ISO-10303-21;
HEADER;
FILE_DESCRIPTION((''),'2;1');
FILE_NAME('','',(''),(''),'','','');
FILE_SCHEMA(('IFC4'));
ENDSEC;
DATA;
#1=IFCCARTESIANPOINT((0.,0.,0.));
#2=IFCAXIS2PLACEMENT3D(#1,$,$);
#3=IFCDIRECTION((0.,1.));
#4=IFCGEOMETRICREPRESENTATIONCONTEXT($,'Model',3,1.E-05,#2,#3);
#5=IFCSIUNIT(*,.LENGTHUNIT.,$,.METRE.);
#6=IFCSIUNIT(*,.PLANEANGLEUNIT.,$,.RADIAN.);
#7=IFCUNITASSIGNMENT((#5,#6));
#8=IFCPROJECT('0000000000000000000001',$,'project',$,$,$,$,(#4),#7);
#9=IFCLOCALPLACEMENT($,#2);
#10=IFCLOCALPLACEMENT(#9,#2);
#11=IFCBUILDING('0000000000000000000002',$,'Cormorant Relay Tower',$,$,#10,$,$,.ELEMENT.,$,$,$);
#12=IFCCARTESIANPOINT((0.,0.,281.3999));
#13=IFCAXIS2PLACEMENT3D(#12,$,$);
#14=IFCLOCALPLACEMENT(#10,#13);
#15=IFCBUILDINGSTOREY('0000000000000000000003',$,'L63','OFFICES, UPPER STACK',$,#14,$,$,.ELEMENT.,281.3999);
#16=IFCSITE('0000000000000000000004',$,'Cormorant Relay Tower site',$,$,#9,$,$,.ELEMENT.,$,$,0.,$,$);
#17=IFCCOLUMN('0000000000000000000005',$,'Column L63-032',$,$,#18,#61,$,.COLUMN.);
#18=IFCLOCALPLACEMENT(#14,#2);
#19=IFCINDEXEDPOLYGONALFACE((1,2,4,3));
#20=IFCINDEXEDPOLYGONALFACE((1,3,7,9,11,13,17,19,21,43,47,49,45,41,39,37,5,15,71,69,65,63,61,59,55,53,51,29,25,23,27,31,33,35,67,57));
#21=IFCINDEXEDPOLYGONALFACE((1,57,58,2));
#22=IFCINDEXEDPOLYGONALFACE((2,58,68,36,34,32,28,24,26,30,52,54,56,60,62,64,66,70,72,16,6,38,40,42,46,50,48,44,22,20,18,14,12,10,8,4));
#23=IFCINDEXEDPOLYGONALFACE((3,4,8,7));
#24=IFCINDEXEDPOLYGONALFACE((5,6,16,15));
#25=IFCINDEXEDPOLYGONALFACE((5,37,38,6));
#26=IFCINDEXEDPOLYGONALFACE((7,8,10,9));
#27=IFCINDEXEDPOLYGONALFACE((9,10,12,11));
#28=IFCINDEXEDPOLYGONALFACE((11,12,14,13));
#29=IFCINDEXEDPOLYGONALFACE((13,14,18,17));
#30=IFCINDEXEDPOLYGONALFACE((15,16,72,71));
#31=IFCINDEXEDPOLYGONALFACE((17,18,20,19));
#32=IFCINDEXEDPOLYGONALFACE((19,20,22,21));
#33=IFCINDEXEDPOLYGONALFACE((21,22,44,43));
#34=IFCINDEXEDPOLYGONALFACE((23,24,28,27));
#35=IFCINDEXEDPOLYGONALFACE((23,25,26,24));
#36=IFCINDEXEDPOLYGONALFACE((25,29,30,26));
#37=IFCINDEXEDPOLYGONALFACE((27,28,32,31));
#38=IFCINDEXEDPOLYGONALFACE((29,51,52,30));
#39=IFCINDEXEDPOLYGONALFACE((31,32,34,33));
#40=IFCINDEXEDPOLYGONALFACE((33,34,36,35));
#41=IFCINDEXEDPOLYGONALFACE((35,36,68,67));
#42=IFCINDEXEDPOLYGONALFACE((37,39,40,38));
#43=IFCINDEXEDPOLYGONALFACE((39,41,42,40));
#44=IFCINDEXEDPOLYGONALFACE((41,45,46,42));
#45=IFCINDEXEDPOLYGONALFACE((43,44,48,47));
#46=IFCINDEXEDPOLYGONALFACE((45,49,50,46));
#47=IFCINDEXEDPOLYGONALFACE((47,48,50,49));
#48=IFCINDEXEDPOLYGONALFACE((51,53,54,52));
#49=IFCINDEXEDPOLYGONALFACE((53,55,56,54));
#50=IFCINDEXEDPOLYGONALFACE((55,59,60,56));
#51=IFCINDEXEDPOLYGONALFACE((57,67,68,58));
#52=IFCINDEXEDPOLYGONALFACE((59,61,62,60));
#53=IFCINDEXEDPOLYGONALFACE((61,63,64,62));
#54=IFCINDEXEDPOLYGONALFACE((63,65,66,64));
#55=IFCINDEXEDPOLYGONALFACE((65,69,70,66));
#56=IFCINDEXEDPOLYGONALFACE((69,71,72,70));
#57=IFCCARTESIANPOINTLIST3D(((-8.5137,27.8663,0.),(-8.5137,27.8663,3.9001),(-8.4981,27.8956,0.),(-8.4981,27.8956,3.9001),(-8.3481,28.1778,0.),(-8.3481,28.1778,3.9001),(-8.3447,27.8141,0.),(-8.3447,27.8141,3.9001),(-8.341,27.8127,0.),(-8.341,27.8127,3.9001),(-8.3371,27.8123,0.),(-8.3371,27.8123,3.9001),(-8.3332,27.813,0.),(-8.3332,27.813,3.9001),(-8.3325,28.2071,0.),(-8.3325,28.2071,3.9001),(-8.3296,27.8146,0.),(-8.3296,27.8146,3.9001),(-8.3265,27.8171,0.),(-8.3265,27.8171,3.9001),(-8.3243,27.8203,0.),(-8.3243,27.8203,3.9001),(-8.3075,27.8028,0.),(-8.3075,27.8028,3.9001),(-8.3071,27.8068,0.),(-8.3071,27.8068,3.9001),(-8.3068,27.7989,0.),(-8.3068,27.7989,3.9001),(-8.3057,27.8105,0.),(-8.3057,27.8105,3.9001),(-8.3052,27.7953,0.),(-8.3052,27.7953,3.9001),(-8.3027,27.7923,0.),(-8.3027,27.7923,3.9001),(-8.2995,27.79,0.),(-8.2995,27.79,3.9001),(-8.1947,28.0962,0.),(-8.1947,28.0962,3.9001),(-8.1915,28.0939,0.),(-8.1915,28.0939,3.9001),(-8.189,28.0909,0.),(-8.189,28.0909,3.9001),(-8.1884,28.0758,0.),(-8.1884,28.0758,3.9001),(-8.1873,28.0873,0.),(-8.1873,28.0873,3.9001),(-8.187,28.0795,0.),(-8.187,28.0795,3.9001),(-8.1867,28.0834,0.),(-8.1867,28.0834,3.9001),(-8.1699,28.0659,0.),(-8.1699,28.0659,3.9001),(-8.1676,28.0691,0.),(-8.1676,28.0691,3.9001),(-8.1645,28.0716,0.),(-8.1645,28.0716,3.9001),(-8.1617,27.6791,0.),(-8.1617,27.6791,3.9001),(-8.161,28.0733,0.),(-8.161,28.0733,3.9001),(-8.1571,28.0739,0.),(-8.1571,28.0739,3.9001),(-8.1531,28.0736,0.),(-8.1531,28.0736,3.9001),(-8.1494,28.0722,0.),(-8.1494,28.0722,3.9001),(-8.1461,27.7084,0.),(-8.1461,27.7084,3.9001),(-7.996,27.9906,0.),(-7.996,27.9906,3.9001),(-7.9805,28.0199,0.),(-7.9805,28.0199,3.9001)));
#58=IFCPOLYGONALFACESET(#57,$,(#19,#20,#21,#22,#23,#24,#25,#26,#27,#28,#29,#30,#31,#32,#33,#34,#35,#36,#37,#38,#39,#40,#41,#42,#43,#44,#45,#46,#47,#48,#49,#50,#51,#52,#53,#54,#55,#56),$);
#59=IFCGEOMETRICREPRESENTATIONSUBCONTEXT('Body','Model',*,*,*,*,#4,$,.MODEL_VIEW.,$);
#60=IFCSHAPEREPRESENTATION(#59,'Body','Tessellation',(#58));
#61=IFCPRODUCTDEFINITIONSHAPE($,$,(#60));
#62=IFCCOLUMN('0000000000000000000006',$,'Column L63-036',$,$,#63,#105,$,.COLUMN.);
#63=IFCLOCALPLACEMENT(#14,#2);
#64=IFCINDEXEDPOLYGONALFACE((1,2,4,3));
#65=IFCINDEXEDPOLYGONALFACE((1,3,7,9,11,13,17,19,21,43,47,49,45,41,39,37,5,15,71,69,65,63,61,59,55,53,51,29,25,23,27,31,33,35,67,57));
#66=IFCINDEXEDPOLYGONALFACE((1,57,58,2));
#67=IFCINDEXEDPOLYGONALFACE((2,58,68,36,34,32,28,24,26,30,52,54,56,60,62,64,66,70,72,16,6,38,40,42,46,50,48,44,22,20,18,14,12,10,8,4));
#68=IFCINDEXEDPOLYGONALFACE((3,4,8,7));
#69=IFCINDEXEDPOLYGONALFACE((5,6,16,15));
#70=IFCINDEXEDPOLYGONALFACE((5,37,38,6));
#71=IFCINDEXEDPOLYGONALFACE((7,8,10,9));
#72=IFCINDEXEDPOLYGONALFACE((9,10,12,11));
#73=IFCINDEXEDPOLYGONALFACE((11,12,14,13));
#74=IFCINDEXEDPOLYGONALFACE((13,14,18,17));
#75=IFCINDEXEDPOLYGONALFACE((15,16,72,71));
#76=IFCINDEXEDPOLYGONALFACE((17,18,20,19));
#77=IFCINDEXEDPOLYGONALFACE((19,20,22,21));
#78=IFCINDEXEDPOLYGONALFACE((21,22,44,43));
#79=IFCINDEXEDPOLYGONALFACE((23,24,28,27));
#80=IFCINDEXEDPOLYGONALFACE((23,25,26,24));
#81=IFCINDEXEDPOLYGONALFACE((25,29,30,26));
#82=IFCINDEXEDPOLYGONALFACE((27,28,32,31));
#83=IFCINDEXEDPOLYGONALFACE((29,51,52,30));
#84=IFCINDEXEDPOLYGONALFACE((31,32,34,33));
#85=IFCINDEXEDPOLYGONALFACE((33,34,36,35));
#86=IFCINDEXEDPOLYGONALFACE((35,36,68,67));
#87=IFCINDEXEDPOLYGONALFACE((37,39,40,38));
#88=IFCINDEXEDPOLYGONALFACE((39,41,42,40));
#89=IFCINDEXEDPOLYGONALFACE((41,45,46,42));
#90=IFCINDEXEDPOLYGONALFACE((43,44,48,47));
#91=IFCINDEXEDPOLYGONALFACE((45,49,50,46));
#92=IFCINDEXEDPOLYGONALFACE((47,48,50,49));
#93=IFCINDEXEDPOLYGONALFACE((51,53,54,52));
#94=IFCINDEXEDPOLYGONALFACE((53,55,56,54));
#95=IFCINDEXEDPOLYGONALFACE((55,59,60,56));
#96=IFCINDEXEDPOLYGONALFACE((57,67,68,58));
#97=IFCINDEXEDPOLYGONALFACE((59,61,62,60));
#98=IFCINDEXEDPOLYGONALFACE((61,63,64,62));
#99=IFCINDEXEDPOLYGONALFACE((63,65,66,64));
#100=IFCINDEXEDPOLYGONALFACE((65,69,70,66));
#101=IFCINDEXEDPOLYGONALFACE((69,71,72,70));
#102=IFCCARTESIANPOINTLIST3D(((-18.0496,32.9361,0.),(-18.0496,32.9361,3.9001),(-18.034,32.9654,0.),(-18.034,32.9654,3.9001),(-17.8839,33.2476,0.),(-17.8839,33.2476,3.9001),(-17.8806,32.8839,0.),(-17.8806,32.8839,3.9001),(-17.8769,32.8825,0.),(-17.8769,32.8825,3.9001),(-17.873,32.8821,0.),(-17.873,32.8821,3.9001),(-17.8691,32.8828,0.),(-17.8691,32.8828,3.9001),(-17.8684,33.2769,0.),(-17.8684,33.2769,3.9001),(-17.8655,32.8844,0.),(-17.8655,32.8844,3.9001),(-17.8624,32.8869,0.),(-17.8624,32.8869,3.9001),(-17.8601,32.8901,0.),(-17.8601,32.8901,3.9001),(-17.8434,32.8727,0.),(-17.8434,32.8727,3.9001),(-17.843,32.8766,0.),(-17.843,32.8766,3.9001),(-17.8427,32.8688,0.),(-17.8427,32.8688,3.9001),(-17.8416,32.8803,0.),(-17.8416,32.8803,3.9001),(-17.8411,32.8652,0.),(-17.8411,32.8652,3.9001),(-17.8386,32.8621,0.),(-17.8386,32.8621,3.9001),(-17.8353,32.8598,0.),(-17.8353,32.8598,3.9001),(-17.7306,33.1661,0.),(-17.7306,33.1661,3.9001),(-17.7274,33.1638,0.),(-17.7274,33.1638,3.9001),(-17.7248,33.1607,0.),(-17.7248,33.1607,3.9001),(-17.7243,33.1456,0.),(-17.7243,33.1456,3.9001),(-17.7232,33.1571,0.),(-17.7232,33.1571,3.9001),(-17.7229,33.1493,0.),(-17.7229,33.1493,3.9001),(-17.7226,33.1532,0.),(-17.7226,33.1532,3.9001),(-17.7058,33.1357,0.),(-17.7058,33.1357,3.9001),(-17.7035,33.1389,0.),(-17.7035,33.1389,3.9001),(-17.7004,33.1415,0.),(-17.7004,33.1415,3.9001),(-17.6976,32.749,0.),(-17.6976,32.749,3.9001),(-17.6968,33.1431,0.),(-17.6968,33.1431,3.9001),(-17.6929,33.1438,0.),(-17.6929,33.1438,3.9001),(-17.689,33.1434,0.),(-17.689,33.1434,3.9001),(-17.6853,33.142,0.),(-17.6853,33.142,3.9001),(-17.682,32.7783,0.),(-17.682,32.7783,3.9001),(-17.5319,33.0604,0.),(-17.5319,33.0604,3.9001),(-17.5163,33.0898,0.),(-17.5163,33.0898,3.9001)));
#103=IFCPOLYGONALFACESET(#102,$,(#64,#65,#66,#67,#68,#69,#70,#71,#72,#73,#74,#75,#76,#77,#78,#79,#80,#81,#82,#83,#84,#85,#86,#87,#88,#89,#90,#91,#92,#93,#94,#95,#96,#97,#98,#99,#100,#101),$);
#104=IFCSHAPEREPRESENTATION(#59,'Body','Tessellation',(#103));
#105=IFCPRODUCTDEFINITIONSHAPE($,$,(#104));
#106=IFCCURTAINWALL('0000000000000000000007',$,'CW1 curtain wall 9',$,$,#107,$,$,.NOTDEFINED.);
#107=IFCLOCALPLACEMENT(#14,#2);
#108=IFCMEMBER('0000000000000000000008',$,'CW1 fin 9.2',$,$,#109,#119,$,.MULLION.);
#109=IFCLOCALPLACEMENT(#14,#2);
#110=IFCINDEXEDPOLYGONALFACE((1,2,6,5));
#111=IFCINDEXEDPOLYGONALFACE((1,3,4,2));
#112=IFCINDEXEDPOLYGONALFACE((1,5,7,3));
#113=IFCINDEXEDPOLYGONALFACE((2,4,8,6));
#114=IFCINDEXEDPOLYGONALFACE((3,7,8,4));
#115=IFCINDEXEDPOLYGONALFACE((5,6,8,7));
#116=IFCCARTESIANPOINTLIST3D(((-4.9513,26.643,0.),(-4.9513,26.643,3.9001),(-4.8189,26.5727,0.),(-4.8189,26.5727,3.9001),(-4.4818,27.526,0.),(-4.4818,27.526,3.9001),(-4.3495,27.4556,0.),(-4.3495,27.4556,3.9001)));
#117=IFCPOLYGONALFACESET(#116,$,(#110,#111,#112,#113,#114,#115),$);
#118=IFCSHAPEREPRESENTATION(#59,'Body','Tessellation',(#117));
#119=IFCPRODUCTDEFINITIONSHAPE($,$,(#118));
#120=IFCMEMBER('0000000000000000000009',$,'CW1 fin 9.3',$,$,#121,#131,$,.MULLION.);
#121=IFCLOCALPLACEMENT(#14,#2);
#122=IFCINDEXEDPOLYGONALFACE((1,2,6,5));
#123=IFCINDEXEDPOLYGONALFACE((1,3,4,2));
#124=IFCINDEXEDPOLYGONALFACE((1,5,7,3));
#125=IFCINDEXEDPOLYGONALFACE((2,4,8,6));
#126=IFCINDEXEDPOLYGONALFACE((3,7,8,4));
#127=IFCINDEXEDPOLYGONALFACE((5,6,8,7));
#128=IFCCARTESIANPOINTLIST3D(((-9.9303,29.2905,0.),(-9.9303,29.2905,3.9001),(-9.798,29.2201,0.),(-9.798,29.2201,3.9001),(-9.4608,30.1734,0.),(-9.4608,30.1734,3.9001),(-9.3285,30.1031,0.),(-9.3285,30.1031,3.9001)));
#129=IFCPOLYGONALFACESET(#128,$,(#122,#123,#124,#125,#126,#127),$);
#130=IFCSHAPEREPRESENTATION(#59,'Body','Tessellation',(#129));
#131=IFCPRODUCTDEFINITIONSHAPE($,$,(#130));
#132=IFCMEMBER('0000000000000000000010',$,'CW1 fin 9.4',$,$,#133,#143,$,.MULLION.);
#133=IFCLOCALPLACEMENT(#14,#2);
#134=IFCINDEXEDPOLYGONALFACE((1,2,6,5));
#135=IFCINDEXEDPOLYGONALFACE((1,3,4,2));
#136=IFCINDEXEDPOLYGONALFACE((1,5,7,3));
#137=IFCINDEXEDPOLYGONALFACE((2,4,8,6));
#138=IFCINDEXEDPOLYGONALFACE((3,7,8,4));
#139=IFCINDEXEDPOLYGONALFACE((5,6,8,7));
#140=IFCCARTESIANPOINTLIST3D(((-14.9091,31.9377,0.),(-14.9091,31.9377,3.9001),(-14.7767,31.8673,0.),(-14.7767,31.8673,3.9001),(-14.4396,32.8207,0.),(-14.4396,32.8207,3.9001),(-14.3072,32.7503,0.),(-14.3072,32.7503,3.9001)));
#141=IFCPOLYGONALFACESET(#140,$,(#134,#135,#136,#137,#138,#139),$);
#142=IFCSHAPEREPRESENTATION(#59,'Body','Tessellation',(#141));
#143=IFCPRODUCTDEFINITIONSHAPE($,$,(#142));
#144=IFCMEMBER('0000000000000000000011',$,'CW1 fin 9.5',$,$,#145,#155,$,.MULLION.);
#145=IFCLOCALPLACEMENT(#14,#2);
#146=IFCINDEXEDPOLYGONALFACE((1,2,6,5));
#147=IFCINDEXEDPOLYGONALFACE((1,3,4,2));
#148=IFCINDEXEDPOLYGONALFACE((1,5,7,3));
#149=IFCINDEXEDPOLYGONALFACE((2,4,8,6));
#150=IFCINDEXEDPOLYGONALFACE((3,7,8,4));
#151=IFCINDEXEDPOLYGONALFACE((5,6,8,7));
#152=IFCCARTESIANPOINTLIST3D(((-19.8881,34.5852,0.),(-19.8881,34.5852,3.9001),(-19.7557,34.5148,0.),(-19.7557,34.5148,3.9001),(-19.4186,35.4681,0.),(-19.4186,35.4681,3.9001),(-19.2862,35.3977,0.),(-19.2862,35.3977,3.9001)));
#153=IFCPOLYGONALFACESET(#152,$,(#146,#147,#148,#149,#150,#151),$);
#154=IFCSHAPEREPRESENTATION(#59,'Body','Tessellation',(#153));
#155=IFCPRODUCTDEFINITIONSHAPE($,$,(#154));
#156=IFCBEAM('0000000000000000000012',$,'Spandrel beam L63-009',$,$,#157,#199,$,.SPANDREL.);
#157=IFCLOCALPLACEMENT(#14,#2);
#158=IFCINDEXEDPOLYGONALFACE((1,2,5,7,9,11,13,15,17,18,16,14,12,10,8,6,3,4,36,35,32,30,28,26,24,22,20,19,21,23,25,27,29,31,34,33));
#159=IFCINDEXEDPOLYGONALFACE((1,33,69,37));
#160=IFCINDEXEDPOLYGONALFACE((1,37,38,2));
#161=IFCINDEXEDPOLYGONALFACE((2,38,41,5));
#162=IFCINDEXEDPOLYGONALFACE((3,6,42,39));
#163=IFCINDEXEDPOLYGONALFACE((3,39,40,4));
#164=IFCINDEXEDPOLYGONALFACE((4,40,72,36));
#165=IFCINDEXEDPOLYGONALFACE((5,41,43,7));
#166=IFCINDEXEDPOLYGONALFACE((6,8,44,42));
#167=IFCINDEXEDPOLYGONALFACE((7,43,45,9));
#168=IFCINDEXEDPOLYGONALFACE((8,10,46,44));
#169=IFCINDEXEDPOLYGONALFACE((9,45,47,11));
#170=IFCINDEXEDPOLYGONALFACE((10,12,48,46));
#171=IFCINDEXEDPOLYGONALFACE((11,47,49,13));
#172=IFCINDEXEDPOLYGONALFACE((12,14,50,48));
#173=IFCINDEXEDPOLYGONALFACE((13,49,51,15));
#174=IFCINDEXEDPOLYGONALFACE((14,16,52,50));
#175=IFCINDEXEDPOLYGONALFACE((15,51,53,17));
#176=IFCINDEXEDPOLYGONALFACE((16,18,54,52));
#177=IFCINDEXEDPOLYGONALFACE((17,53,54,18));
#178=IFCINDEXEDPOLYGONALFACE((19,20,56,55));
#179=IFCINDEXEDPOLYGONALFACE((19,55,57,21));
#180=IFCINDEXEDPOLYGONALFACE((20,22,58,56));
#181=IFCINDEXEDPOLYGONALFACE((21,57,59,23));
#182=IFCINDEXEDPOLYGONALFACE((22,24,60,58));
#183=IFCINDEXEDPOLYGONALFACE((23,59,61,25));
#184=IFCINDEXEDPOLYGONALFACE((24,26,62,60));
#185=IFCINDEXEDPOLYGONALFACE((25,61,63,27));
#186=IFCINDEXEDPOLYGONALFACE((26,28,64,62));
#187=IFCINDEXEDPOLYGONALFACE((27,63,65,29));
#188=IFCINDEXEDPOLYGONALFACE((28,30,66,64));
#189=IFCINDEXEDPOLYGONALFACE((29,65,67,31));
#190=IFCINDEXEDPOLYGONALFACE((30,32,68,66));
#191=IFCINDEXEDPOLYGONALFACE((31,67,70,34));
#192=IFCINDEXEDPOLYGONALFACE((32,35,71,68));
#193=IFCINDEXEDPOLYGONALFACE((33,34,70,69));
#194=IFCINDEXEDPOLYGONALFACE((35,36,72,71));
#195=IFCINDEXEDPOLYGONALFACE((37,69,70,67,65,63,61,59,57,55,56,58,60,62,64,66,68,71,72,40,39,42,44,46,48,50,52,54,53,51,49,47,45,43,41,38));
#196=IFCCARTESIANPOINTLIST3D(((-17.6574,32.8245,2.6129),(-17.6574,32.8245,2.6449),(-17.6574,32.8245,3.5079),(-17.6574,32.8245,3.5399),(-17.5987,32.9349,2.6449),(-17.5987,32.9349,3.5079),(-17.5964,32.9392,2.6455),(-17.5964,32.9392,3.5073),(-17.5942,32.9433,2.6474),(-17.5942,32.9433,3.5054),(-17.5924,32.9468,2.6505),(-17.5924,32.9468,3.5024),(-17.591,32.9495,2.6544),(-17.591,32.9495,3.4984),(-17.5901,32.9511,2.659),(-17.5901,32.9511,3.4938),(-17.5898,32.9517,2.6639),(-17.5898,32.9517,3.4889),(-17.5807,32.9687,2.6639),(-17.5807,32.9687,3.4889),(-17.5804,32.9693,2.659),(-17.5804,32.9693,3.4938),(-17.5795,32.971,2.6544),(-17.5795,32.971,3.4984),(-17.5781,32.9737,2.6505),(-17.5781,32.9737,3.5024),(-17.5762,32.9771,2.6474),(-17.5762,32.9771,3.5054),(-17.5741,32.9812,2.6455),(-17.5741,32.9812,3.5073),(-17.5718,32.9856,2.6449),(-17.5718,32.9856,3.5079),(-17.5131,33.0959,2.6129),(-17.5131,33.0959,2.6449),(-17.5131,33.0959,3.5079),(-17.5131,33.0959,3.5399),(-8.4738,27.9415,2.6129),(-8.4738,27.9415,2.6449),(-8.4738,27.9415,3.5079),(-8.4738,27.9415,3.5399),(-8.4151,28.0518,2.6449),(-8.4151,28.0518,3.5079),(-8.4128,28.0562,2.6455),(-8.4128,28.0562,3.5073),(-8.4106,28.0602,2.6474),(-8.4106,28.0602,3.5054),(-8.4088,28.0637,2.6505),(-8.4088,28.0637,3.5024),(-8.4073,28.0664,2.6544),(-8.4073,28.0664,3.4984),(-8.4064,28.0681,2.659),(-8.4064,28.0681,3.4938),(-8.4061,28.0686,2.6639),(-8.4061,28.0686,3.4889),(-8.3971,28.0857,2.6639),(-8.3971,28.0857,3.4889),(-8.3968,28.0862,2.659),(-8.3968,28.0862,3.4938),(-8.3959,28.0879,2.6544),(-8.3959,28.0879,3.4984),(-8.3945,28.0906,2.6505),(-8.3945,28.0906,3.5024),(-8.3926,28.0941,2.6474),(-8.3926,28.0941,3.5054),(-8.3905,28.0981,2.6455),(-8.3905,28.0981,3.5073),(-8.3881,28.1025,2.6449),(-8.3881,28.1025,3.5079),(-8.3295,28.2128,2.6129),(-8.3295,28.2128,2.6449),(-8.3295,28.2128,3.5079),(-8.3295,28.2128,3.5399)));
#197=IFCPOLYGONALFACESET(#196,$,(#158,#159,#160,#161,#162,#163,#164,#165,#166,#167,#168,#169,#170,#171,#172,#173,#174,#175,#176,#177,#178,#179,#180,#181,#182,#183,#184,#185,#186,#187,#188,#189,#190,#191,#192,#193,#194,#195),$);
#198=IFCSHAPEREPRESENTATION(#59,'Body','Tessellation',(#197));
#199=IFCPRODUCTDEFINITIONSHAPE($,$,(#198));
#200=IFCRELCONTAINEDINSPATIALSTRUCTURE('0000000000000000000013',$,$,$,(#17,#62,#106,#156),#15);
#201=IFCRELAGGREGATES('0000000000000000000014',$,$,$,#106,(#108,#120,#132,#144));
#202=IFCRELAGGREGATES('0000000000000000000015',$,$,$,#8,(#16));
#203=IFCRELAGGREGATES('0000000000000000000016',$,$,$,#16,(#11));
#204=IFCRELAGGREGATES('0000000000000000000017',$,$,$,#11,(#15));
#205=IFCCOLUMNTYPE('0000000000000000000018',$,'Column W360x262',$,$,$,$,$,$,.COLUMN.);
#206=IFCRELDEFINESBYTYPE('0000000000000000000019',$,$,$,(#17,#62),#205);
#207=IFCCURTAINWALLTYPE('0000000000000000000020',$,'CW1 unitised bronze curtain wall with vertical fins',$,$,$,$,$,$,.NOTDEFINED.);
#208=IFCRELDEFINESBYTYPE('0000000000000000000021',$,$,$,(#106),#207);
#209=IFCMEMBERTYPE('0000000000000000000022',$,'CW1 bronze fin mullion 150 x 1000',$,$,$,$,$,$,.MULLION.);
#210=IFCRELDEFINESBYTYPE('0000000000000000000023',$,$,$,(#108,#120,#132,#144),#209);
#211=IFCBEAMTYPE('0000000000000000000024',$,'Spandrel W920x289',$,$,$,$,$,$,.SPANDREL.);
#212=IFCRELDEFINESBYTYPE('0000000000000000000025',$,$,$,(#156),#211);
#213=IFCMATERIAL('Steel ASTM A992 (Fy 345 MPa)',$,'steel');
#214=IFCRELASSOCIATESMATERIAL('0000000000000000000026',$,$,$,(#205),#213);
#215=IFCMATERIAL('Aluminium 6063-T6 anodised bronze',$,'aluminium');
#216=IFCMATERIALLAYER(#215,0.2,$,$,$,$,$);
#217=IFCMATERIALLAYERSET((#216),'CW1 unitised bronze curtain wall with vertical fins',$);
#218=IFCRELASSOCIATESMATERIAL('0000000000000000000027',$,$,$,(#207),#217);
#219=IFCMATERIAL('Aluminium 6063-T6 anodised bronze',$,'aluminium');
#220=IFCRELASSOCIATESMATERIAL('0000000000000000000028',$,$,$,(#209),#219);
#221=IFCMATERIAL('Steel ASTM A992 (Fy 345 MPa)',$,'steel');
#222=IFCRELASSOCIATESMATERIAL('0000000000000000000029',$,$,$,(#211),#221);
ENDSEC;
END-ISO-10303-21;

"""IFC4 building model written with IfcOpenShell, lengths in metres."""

from ifc_helpers import new_model, si_unit, direction, frame, origin, origin_2d, place, context, subcontext, project, spatial, rectangle, i_section, extrude, material, layer, layer_set, material_profile, profile_set, type_object, element, aggregate, save


model = new_model("IFC4")

# Units and contexts
model_context = context("Model", 3, precision=1e-05, world=origin(), true_north=direction((0.0, 1.0)))
body_context = subcontext(model_context, "Body", "Model", "MODEL_VIEW")
ifc_project = project(units=[si_unit("LENGTHUNIT", "METRE"), si_unit("PLANEANGLEUNIT", "RADIAN")], contexts=[model_context])

# Site, building, storey
site_placement = place(None, origin())
site = spatial("IfcSite", under=ifc_project, at=site_placement, Name="Cormorant Relay Tower site", CompositionType="ELEMENT", RefElevation=0.0)
building_placement = place(site_placement, origin())
building = spatial("IfcBuilding", under=site, at=building_placement, Name="Cormorant Relay Tower", CompositionType="ELEMENT")
storey_placement = place(building_placement, frame((0.0, 0.0, 281.3999)))
storey = spatial("IfcBuildingStorey", under=building, at=storey_placement, Name="L63", Description="OFFICES, UPPER STACK", CompositionType="ELEMENT", Elevation=281.3999)

# Columns
ifc_material_1 = material(Name="Steel ASTM A992 (Fy 345 MPa)", Category="steel")
ifc_material_profile_1 = material_profile(ifc_material_1, i_section(OverallWidth=0.3987, OverallDepth=0.386, WebThickness=0.021, FlangeThickness=0.0332, FilletRadius=0.0151, at=origin_2d()), Name="W360x262")
ifc_profile_set_1 = profile_set([ifc_material_profile_1], Name="Steel ASTM A992 (Fy 345 MPa)")
column_type = type_object("IfcColumnType", Name="Column W360x262", PredefinedType="COLUMN", material=ifc_profile_set_1)
for number, where, z_axis, x_axis, name in (
    (1, (-8.2471, 27.9431, 0.0), (0.0, 0.0, 1.0), (-0.882948, 0.469472, 0.0), "Column L63-032"),
    (2, (-17.783, 33.0129, 0.0), (0.0, 0.0, 1.0), (-0.882948, 0.469472, 0.0), "Column L63-036"),
):
    element("IfcColumn", number, at=place(storey_placement, frame(where, z_axis=z_axis, x_axis=x_axis)), inside=storey, type_object=column_type, Name=name, PredefinedType="COLUMN", context=body_context, shape_type="SweptSolid", body=[
        extrude(i_section(OverallWidth=0.3987, OverallDepth=0.386, WebThickness=0.021, FlangeThickness=0.0332, FilletRadius=0.0151, at=origin_2d()), origin(), (0.0, 0.0, 1.0), 3.9001),
    ])

# Curtain wall, members
ifc_material_2 = material(Name="Aluminium 6063-T6 anodised bronze", Category="aluminium")
ifc_layer_1 = layer(ifc_material_2, 0.2)
ifc_layer_set_1 = layer_set([ifc_layer_1], Name="CW1 unitised bronze curtain wall with vertical fins")
curtain_wall_type = type_object("IfcCurtainWallType", Name="CW1 unitised bronze curtain wall with vertical fins", PredefinedType="NOTDEFINED", material=ifc_layer_set_1)
curtain_wall_placement = place(storey_placement, origin())
curtain_wall = element("IfcCurtainWall", 3, at=curtain_wall_placement, inside=storey, type_object=curtain_wall_type, Name="CW1 curtain wall 9", PredefinedType="NOTDEFINED")
ifc_material_3 = material(Name="Aluminium 6063-T6 anodised bronze", Category="aluminium")
ifc_material_profile_2 = material_profile(ifc_material_3, rectangle(XDim=0.1499, YDim=1.0, at=origin_2d()), Name="AL 150x1000")
ifc_profile_set_2 = profile_set([ifc_material_profile_2], Name="Aluminium 6063-T6 anodised bronze")
member_type = type_object("IfcMemberType", Name="CW1 bronze fin mullion 150 x 1000", PredefinedType="MULLION", material=ifc_profile_set_2)
member_1_placement = place(storey_placement, frame((-4.6504, 27.0493, 0.0), z_axis=(0.0, 0.0, 1.0), x_axis=(-0.882948, 0.469472, 0.0)))
member_1 = element("IfcMember", 4, at=member_1_placement, type_object=member_type, Name="CW1 fin 9.2", PredefinedType="MULLION", context=body_context, shape_type="SweptSolid", body=[
    extrude(rectangle(XDim=0.1499, YDim=1.0, at=origin_2d()), origin(), (0.0, 0.0, 1.0), 3.9001),
])
member_2_placement = place(storey_placement, frame((-9.6294, 29.6968, 0.0), z_axis=(0.0, 0.0, 1.0), x_axis=(-0.882948, 0.469472, 0.0)))
member_2 = element("IfcMember", 5, at=member_2_placement, type_object=member_type, Name="CW1 fin 9.3", PredefinedType="MULLION", context=body_context, shape_type="SweptSolid", body=[
    extrude(rectangle(XDim=0.1499, YDim=1.0, at=origin_2d()), origin(), (0.0, 0.0, 1.0), 3.9001),
])
member_3_placement = place(storey_placement, frame((-14.6082, 32.344, 0.0), z_axis=(0.0, 0.0, 1.0), x_axis=(-0.882948, 0.469472, 0.0)))
member_3 = element("IfcMember", 6, at=member_3_placement, type_object=member_type, Name="CW1 fin 9.4", PredefinedType="MULLION", context=body_context, shape_type="SweptSolid", body=[
    extrude(rectangle(XDim=0.1499, YDim=1.0, at=origin_2d()), origin(), (0.0, 0.0, 1.0), 3.9001),
])
member_4_placement = place(storey_placement, frame((-19.5872, 34.9915, 0.0), z_axis=(0.0, 0.0, 1.0), x_axis=(-0.882948, 0.469472, 0.0)))
member_4 = element("IfcMember", 7, at=member_4_placement, type_object=member_type, Name="CW1 fin 9.5", PredefinedType="MULLION", context=body_context, shape_type="SweptSolid", body=[
    extrude(rectangle(XDim=0.1499, YDim=1.0, at=origin_2d()), origin(), (0.0, 0.0, 1.0), 3.9001),
])

# Beam
ifc_material_4 = material(Name="Steel ASTM A992 (Fy 345 MPa)", Category="steel")
ifc_material_profile_3 = material_profile(ifc_material_4, i_section(OverallWidth=0.3074, OverallDepth=0.927, WebThickness=0.0193, FlangeThickness=0.032, FilletRadius=0.019, at=origin_2d()), Name="W920x289")
ifc_profile_set_3 = profile_set([ifc_material_profile_3], Name="Steel ASTM A992 (Fy 345 MPa)")
beam_type_1 = type_object("IfcBeamType", Name="Spandrel W920x289", PredefinedType="SPANDREL", material=ifc_profile_set_3)
beam_1_placement = place(storey_placement, frame((-8.4016, 28.0771, 3.0764), z_axis=(-0.882945, 0.469476, 0.0), x_axis=(-0.469476, -0.882945, 0.0)))
element("IfcBeam", 8, at=beam_1_placement, inside=storey, type_object=beam_type_1, Name="Spandrel beam L63-009", PredefinedType="SPANDREL", context=body_context, shape_type="SweptSolid", body=[
    extrude(i_section(OverallWidth=0.3074, OverallDepth=0.927, WebThickness=0.0193, FlangeThickness=0.032, FilletRadius=0.019, at=origin_2d()), origin(), (0.0, 0.0, 1.0), 10.4011),
])

aggregate(curtain_wall, [member_1, member_2, member_3, member_4])

save(model, "model.ifc")
